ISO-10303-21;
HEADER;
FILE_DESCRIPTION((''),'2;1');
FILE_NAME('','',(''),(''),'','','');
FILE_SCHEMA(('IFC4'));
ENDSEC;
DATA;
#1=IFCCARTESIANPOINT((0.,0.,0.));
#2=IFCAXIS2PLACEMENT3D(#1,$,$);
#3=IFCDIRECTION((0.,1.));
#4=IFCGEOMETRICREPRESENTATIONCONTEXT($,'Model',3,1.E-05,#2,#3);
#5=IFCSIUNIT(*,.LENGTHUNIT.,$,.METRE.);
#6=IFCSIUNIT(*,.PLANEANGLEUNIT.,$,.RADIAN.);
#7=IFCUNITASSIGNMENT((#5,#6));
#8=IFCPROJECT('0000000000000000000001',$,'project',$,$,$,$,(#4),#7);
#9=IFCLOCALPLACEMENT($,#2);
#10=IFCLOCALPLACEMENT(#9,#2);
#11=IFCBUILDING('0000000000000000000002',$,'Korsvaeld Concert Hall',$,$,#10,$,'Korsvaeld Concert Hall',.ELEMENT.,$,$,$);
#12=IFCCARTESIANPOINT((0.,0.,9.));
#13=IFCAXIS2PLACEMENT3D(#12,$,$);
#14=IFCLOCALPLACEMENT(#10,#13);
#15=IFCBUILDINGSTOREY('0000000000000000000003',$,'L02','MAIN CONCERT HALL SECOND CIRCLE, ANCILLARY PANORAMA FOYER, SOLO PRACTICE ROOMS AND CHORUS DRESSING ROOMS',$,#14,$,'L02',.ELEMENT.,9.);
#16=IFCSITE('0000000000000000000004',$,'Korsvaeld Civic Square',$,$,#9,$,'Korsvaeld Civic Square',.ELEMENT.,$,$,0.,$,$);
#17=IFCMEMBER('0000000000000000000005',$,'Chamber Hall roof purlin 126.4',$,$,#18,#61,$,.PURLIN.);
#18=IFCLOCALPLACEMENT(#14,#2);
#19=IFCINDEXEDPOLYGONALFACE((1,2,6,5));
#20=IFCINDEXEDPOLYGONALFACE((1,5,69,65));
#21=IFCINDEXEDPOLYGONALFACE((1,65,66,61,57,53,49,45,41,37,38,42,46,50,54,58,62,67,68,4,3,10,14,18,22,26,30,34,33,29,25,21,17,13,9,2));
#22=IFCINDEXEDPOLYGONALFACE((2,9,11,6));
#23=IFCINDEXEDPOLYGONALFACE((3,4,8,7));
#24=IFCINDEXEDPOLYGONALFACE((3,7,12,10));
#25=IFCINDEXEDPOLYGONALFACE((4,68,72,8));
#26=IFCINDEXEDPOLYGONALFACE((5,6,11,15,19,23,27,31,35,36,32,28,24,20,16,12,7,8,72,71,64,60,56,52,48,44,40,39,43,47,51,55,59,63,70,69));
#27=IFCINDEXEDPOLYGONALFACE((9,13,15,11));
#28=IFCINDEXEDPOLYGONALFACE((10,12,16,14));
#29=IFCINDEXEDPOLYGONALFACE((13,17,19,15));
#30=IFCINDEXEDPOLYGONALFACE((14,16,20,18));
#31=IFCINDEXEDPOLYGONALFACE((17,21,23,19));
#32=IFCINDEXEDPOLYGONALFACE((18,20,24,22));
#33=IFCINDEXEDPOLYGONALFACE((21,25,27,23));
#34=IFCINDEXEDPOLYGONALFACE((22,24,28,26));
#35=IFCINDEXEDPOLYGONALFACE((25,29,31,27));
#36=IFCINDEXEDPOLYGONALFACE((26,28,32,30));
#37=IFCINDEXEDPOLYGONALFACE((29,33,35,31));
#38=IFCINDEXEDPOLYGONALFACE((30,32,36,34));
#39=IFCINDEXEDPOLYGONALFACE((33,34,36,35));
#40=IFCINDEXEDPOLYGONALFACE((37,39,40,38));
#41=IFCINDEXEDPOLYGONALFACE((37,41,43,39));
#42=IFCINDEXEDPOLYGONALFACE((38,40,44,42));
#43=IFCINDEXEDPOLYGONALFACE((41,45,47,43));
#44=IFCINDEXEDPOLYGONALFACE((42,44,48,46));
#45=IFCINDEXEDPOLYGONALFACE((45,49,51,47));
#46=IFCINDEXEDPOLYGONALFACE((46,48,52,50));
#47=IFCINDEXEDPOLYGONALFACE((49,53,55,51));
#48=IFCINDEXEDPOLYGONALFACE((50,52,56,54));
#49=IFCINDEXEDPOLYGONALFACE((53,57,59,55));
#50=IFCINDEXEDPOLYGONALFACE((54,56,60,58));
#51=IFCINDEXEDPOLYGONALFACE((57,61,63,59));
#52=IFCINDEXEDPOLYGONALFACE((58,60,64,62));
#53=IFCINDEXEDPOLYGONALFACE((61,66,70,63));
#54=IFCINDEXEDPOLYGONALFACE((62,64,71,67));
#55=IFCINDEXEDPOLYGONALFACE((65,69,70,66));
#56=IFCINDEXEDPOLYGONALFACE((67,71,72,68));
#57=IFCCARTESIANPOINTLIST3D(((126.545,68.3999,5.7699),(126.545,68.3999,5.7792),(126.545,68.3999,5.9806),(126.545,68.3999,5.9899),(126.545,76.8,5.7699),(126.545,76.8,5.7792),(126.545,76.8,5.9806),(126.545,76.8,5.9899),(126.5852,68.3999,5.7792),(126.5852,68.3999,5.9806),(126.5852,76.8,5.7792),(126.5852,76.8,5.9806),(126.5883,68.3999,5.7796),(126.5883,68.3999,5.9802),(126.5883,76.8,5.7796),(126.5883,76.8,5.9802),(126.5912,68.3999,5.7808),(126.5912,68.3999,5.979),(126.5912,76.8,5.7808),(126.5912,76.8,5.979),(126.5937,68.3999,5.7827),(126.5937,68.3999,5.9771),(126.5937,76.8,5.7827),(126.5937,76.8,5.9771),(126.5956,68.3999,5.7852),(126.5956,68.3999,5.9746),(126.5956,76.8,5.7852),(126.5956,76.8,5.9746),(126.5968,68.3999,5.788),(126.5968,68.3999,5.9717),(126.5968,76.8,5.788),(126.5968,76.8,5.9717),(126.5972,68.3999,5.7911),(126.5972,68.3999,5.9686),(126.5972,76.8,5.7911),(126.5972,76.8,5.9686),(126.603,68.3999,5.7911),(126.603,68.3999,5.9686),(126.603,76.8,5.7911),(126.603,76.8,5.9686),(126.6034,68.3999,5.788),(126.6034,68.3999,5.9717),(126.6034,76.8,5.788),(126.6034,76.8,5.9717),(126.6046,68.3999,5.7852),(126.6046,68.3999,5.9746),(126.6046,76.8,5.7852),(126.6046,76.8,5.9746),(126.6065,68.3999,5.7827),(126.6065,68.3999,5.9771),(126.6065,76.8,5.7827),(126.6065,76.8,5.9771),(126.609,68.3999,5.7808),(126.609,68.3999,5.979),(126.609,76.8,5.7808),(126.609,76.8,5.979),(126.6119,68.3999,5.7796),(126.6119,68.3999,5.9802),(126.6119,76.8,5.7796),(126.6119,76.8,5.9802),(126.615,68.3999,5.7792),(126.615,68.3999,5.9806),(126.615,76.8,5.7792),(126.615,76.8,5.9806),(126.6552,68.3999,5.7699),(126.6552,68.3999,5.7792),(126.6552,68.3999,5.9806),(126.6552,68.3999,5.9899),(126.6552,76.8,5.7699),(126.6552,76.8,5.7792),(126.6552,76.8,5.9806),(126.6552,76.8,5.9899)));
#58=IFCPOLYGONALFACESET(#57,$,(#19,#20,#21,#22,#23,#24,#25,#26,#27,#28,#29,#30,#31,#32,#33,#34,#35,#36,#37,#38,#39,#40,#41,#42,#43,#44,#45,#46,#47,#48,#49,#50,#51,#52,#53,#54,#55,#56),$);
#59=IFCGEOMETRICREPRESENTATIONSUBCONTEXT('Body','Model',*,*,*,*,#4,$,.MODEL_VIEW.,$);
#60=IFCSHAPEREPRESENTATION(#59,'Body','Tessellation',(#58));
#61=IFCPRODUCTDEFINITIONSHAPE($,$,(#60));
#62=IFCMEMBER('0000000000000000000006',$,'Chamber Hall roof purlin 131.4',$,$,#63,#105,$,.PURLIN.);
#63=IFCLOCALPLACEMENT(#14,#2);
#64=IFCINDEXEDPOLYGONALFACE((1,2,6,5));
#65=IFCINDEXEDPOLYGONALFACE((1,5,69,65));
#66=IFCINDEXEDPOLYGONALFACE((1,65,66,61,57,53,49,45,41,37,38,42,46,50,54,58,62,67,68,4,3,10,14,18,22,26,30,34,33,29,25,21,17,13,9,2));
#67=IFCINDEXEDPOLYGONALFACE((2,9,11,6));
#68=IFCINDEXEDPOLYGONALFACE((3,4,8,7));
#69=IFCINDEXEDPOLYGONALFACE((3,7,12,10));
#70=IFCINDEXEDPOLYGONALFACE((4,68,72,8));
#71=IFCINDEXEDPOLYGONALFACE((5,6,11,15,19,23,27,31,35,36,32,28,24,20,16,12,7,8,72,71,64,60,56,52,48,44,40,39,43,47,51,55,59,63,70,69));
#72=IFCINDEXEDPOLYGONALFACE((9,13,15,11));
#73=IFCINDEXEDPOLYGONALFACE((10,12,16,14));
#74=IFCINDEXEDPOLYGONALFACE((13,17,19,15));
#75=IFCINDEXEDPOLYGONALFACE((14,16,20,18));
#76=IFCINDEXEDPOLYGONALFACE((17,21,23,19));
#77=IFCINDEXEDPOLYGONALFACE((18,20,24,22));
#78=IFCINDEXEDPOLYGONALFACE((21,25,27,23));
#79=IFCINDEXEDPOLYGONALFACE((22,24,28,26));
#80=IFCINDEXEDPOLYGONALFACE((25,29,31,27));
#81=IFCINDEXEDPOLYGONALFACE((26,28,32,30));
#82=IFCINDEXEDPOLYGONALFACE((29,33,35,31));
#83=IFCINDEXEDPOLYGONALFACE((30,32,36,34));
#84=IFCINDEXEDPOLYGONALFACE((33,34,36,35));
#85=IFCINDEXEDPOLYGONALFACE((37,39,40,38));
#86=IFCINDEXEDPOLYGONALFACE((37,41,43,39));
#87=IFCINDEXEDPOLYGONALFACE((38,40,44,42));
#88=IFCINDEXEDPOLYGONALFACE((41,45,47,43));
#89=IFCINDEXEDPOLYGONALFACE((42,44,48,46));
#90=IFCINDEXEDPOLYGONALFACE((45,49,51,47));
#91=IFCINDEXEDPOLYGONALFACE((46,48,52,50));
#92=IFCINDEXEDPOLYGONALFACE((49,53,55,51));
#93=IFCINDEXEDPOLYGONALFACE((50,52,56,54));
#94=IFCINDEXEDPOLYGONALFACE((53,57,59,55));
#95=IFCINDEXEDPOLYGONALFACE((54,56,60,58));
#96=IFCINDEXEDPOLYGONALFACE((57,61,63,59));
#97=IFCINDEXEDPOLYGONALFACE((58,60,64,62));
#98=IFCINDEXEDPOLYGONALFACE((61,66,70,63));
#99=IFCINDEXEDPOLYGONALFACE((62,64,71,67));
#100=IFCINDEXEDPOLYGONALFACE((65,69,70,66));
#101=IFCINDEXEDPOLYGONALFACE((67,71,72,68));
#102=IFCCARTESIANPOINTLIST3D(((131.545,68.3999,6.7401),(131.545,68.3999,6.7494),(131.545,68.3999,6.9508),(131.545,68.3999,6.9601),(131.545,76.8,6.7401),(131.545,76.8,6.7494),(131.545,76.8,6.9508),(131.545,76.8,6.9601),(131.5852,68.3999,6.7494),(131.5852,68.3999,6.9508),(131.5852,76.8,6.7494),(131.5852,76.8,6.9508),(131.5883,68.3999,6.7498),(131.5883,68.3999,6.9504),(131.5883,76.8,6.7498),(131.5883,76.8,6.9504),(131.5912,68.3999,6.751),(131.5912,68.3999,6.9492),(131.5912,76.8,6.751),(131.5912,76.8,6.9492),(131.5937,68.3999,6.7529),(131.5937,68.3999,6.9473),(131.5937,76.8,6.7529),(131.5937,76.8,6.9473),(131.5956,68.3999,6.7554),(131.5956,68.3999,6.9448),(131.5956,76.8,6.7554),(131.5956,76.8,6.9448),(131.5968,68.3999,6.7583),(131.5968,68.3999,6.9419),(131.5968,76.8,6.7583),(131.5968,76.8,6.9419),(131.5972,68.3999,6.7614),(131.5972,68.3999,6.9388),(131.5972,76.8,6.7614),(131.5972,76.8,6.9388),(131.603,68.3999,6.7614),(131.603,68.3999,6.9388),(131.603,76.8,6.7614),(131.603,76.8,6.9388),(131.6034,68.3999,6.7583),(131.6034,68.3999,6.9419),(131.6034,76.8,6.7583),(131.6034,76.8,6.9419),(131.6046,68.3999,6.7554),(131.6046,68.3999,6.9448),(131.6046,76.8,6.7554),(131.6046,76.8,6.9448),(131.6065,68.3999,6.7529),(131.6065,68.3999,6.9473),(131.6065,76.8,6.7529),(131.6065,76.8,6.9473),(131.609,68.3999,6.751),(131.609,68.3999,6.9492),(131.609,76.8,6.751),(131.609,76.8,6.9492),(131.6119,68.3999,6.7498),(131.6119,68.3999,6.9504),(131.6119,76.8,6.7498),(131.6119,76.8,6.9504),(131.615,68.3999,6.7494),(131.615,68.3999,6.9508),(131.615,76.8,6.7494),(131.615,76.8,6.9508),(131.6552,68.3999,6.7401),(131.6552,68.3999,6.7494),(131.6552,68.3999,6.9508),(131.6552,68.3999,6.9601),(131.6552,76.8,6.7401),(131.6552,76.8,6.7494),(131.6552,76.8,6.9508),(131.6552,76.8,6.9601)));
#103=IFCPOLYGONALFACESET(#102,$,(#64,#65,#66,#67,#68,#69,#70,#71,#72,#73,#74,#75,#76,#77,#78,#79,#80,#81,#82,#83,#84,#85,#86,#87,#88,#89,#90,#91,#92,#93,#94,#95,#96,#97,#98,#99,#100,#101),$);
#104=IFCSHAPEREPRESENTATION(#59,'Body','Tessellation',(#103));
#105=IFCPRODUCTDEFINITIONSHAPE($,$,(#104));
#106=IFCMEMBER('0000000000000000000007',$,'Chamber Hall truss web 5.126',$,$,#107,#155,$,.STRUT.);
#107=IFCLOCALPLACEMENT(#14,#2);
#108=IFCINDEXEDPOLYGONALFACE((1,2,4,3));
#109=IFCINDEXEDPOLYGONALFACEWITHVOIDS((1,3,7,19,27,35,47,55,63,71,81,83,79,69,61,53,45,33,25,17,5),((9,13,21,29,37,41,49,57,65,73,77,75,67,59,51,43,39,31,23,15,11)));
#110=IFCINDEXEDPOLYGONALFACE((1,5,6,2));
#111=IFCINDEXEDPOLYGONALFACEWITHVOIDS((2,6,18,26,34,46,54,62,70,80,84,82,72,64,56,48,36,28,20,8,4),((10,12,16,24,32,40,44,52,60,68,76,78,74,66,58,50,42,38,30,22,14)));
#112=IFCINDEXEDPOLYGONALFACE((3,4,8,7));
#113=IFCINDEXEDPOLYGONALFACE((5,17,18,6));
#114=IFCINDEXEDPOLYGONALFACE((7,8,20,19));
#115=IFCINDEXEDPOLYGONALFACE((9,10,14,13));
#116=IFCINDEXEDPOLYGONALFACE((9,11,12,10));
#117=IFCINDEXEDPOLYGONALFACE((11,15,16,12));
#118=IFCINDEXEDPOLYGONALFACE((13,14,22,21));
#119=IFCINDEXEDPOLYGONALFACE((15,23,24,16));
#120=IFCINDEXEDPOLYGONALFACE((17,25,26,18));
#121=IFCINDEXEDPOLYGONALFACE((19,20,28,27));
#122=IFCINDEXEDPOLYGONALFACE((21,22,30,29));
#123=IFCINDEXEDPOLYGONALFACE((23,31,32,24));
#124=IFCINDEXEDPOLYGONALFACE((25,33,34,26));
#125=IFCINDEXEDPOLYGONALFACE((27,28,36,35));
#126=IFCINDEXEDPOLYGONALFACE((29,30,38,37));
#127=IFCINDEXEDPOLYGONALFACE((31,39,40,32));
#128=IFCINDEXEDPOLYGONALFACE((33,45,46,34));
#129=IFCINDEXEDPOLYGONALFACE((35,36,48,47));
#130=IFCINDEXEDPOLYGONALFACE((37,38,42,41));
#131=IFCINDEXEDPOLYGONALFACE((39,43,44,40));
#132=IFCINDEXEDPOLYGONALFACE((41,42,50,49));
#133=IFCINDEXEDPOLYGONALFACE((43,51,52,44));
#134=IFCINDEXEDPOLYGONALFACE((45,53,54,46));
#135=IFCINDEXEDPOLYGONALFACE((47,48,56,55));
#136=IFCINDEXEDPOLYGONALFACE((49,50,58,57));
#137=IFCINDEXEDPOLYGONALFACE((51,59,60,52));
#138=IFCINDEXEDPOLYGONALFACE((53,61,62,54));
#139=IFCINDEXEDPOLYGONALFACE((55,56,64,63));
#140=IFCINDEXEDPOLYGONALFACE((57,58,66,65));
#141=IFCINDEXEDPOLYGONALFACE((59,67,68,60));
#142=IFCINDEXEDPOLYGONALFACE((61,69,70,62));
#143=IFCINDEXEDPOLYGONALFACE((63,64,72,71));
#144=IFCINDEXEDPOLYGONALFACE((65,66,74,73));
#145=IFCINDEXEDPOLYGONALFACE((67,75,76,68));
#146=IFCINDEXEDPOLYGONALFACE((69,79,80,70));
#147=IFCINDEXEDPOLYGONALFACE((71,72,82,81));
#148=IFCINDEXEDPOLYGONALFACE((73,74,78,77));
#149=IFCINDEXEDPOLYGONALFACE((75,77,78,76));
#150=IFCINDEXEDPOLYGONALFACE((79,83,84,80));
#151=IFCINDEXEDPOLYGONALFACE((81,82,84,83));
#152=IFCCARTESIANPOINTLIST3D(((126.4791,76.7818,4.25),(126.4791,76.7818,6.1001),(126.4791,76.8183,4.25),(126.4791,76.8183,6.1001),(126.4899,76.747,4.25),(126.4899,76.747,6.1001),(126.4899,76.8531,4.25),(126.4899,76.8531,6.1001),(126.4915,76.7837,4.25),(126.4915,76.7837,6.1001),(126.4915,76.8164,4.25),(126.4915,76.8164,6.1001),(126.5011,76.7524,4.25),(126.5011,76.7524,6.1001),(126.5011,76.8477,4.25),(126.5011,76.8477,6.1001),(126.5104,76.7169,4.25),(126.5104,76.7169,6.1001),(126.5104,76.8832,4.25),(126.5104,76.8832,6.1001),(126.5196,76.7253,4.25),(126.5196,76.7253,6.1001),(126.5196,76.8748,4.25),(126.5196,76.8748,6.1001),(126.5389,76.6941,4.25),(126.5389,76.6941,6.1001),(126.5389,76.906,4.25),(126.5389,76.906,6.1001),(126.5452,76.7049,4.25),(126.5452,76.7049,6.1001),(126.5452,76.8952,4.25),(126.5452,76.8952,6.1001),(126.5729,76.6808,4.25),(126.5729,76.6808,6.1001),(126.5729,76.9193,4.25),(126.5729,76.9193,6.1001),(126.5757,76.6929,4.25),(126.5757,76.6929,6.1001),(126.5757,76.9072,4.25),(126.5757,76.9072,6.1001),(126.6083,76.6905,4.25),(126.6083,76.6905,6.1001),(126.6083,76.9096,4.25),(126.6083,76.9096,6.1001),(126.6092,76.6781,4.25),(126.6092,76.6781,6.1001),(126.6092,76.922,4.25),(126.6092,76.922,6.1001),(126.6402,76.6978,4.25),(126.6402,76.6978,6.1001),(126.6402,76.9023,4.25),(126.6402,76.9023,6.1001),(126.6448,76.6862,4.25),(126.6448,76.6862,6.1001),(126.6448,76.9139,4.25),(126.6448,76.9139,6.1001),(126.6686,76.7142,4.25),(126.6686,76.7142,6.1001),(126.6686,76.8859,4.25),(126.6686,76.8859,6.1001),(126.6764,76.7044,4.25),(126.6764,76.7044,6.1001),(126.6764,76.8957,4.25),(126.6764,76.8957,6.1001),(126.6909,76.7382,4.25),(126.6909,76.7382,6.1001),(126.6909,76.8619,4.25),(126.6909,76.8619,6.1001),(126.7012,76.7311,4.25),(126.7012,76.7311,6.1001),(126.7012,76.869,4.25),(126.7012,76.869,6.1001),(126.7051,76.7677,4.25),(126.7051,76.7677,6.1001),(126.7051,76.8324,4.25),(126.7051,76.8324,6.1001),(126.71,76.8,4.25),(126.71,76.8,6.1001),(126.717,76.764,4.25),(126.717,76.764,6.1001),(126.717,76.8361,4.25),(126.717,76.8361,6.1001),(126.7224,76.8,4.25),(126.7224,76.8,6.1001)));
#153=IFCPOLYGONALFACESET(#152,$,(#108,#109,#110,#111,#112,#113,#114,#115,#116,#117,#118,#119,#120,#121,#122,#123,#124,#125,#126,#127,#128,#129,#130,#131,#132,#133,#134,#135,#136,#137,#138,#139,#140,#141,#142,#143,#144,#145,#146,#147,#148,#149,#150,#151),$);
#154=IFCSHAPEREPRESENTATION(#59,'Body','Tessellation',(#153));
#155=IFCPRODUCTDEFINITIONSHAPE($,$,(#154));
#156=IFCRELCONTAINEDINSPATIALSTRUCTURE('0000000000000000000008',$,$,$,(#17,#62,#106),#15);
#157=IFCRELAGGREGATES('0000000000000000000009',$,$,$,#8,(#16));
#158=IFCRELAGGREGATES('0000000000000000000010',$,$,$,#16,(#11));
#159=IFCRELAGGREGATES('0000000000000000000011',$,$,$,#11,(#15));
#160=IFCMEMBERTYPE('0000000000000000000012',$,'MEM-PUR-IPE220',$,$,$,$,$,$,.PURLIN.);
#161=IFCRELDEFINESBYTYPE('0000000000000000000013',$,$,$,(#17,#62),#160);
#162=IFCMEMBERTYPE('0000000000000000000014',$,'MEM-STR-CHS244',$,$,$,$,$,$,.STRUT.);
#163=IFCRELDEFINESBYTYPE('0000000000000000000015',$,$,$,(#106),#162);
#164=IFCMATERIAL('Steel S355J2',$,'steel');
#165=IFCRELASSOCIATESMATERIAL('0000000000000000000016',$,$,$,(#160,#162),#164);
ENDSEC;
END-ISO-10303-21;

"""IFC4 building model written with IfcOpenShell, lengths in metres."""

from ifc_helpers import new_model, si_unit, direction, frame, origin, origin_2d, place, context, subcontext, project, spatial, hollow_circle, i_section, extrude, material, material_profile, profile_set, type_object, element, save


model = new_model("IFC4")

# Units and contexts
model_context = context("Model", 3, precision=1e-05, world=origin(), true_north=direction((0.0, 1.0)))
body_context = subcontext(model_context, "Body", "Model", "MODEL_VIEW")
ifc_project = project(units=[si_unit("LENGTHUNIT", "METRE"), si_unit("PLANEANGLEUNIT", "RADIAN")], contexts=[model_context])

# Site, building, storey
site_placement = place(None, origin())
site = spatial("IfcSite", under=ifc_project, at=site_placement, Name="Korsvaeld Civic Square", LongName="Korsvaeld Civic Square", CompositionType="ELEMENT", RefElevation=0.0)
building_placement = place(site_placement, origin())
building = spatial("IfcBuilding", under=site, at=building_placement, Name="Korsvaeld Concert Hall", LongName="Korsvaeld Concert Hall", CompositionType="ELEMENT")
storey_placement = place(building_placement, frame((0.0, 0.0, 9.0)))
storey = spatial("IfcBuildingStorey", under=building, at=storey_placement, Name="L02", Description="MAIN CONCERT HALL SECOND CIRCLE, ANCILLARY PANORAMA FOYER, SOLO PRACTICE ROOMS AND CHORUS DRESSING ROOMS", LongName="L02", CompositionType="ELEMENT", Elevation=9.0)

# Members
ifc_material_1 = material(Name="Steel S355J2", Category="steel")
ifc_material_profile_1 = material_profile(ifc_material_1, i_section(OverallWidth=0.1101, OverallDepth=0.22, WebThickness=0.0059, FlangeThickness=0.0093, FilletRadius=0.012, at=origin_2d()), Name="IPE 220")
ifc_profile_set_1 = profile_set([ifc_material_profile_1], Name="Steel S355J2")
member_type_1 = type_object("IfcMemberType", Name="MEM-PUR-IPE220", PredefinedType="PURLIN", material=ifc_profile_set_1)
for number, where, z_axis, x_axis, name in (
    (1, (126.6001, 68.3999, 5.8799), (0.0, 1.0, 0.0), (-1.0, 0.0, 0.0), "Chamber Hall roof purlin 126.4"),
    (2, (131.6001, 68.3999, 6.8501), (0.0, 1.0, 0.0), (-1.0, 0.0, 0.0), "Chamber Hall roof purlin 131.4"),
):
    element("IfcMember", number, at=place(storey_placement, frame(where, z_axis=z_axis, x_axis=x_axis)), inside=storey, type_object=member_type_1, Name=name, PredefinedType="PURLIN", context=body_context, shape_type="SweptSolid", body=[
        extrude(i_section(OverallWidth=0.1101, OverallDepth=0.22, WebThickness=0.0059, FlangeThickness=0.0093, FilletRadius=0.012, at=origin_2d()), origin(), (0.0, 0.0, 1.0), 8.4001),
    ])
ifc_material_profile_2 = material_profile(ifc_material_1, hollow_circle(Radius=0.1223, WallThickness=0.0125, at=origin_2d()), Name="CHS 244.5x12.5")
ifc_profile_set_2 = profile_set([ifc_material_profile_2], Name="Steel S355J2")
member_type_2 = type_object("IfcMemberType", Name="MEM-STR-CHS244", PredefinedType="STRUT", material=ifc_profile_set_2)
member_placement = place(storey_placement, frame((126.6001, 76.8, 4.25), z_axis=(0.0, 0.0, 1.0), x_axis=(1.0, 0.0, 0.0)))
element("IfcMember", 3, at=member_placement, inside=storey, type_object=member_type_2, Name="Chamber Hall truss web 5.126", PredefinedType="STRUT", context=body_context, shape_type="SweptSolid", body=[
    extrude(hollow_circle(Radius=0.1223, WallThickness=0.0125, at=origin_2d()), origin(), (0.0, 0.0, 1.0), 1.8501),
])

save(model, "model.ifc")
